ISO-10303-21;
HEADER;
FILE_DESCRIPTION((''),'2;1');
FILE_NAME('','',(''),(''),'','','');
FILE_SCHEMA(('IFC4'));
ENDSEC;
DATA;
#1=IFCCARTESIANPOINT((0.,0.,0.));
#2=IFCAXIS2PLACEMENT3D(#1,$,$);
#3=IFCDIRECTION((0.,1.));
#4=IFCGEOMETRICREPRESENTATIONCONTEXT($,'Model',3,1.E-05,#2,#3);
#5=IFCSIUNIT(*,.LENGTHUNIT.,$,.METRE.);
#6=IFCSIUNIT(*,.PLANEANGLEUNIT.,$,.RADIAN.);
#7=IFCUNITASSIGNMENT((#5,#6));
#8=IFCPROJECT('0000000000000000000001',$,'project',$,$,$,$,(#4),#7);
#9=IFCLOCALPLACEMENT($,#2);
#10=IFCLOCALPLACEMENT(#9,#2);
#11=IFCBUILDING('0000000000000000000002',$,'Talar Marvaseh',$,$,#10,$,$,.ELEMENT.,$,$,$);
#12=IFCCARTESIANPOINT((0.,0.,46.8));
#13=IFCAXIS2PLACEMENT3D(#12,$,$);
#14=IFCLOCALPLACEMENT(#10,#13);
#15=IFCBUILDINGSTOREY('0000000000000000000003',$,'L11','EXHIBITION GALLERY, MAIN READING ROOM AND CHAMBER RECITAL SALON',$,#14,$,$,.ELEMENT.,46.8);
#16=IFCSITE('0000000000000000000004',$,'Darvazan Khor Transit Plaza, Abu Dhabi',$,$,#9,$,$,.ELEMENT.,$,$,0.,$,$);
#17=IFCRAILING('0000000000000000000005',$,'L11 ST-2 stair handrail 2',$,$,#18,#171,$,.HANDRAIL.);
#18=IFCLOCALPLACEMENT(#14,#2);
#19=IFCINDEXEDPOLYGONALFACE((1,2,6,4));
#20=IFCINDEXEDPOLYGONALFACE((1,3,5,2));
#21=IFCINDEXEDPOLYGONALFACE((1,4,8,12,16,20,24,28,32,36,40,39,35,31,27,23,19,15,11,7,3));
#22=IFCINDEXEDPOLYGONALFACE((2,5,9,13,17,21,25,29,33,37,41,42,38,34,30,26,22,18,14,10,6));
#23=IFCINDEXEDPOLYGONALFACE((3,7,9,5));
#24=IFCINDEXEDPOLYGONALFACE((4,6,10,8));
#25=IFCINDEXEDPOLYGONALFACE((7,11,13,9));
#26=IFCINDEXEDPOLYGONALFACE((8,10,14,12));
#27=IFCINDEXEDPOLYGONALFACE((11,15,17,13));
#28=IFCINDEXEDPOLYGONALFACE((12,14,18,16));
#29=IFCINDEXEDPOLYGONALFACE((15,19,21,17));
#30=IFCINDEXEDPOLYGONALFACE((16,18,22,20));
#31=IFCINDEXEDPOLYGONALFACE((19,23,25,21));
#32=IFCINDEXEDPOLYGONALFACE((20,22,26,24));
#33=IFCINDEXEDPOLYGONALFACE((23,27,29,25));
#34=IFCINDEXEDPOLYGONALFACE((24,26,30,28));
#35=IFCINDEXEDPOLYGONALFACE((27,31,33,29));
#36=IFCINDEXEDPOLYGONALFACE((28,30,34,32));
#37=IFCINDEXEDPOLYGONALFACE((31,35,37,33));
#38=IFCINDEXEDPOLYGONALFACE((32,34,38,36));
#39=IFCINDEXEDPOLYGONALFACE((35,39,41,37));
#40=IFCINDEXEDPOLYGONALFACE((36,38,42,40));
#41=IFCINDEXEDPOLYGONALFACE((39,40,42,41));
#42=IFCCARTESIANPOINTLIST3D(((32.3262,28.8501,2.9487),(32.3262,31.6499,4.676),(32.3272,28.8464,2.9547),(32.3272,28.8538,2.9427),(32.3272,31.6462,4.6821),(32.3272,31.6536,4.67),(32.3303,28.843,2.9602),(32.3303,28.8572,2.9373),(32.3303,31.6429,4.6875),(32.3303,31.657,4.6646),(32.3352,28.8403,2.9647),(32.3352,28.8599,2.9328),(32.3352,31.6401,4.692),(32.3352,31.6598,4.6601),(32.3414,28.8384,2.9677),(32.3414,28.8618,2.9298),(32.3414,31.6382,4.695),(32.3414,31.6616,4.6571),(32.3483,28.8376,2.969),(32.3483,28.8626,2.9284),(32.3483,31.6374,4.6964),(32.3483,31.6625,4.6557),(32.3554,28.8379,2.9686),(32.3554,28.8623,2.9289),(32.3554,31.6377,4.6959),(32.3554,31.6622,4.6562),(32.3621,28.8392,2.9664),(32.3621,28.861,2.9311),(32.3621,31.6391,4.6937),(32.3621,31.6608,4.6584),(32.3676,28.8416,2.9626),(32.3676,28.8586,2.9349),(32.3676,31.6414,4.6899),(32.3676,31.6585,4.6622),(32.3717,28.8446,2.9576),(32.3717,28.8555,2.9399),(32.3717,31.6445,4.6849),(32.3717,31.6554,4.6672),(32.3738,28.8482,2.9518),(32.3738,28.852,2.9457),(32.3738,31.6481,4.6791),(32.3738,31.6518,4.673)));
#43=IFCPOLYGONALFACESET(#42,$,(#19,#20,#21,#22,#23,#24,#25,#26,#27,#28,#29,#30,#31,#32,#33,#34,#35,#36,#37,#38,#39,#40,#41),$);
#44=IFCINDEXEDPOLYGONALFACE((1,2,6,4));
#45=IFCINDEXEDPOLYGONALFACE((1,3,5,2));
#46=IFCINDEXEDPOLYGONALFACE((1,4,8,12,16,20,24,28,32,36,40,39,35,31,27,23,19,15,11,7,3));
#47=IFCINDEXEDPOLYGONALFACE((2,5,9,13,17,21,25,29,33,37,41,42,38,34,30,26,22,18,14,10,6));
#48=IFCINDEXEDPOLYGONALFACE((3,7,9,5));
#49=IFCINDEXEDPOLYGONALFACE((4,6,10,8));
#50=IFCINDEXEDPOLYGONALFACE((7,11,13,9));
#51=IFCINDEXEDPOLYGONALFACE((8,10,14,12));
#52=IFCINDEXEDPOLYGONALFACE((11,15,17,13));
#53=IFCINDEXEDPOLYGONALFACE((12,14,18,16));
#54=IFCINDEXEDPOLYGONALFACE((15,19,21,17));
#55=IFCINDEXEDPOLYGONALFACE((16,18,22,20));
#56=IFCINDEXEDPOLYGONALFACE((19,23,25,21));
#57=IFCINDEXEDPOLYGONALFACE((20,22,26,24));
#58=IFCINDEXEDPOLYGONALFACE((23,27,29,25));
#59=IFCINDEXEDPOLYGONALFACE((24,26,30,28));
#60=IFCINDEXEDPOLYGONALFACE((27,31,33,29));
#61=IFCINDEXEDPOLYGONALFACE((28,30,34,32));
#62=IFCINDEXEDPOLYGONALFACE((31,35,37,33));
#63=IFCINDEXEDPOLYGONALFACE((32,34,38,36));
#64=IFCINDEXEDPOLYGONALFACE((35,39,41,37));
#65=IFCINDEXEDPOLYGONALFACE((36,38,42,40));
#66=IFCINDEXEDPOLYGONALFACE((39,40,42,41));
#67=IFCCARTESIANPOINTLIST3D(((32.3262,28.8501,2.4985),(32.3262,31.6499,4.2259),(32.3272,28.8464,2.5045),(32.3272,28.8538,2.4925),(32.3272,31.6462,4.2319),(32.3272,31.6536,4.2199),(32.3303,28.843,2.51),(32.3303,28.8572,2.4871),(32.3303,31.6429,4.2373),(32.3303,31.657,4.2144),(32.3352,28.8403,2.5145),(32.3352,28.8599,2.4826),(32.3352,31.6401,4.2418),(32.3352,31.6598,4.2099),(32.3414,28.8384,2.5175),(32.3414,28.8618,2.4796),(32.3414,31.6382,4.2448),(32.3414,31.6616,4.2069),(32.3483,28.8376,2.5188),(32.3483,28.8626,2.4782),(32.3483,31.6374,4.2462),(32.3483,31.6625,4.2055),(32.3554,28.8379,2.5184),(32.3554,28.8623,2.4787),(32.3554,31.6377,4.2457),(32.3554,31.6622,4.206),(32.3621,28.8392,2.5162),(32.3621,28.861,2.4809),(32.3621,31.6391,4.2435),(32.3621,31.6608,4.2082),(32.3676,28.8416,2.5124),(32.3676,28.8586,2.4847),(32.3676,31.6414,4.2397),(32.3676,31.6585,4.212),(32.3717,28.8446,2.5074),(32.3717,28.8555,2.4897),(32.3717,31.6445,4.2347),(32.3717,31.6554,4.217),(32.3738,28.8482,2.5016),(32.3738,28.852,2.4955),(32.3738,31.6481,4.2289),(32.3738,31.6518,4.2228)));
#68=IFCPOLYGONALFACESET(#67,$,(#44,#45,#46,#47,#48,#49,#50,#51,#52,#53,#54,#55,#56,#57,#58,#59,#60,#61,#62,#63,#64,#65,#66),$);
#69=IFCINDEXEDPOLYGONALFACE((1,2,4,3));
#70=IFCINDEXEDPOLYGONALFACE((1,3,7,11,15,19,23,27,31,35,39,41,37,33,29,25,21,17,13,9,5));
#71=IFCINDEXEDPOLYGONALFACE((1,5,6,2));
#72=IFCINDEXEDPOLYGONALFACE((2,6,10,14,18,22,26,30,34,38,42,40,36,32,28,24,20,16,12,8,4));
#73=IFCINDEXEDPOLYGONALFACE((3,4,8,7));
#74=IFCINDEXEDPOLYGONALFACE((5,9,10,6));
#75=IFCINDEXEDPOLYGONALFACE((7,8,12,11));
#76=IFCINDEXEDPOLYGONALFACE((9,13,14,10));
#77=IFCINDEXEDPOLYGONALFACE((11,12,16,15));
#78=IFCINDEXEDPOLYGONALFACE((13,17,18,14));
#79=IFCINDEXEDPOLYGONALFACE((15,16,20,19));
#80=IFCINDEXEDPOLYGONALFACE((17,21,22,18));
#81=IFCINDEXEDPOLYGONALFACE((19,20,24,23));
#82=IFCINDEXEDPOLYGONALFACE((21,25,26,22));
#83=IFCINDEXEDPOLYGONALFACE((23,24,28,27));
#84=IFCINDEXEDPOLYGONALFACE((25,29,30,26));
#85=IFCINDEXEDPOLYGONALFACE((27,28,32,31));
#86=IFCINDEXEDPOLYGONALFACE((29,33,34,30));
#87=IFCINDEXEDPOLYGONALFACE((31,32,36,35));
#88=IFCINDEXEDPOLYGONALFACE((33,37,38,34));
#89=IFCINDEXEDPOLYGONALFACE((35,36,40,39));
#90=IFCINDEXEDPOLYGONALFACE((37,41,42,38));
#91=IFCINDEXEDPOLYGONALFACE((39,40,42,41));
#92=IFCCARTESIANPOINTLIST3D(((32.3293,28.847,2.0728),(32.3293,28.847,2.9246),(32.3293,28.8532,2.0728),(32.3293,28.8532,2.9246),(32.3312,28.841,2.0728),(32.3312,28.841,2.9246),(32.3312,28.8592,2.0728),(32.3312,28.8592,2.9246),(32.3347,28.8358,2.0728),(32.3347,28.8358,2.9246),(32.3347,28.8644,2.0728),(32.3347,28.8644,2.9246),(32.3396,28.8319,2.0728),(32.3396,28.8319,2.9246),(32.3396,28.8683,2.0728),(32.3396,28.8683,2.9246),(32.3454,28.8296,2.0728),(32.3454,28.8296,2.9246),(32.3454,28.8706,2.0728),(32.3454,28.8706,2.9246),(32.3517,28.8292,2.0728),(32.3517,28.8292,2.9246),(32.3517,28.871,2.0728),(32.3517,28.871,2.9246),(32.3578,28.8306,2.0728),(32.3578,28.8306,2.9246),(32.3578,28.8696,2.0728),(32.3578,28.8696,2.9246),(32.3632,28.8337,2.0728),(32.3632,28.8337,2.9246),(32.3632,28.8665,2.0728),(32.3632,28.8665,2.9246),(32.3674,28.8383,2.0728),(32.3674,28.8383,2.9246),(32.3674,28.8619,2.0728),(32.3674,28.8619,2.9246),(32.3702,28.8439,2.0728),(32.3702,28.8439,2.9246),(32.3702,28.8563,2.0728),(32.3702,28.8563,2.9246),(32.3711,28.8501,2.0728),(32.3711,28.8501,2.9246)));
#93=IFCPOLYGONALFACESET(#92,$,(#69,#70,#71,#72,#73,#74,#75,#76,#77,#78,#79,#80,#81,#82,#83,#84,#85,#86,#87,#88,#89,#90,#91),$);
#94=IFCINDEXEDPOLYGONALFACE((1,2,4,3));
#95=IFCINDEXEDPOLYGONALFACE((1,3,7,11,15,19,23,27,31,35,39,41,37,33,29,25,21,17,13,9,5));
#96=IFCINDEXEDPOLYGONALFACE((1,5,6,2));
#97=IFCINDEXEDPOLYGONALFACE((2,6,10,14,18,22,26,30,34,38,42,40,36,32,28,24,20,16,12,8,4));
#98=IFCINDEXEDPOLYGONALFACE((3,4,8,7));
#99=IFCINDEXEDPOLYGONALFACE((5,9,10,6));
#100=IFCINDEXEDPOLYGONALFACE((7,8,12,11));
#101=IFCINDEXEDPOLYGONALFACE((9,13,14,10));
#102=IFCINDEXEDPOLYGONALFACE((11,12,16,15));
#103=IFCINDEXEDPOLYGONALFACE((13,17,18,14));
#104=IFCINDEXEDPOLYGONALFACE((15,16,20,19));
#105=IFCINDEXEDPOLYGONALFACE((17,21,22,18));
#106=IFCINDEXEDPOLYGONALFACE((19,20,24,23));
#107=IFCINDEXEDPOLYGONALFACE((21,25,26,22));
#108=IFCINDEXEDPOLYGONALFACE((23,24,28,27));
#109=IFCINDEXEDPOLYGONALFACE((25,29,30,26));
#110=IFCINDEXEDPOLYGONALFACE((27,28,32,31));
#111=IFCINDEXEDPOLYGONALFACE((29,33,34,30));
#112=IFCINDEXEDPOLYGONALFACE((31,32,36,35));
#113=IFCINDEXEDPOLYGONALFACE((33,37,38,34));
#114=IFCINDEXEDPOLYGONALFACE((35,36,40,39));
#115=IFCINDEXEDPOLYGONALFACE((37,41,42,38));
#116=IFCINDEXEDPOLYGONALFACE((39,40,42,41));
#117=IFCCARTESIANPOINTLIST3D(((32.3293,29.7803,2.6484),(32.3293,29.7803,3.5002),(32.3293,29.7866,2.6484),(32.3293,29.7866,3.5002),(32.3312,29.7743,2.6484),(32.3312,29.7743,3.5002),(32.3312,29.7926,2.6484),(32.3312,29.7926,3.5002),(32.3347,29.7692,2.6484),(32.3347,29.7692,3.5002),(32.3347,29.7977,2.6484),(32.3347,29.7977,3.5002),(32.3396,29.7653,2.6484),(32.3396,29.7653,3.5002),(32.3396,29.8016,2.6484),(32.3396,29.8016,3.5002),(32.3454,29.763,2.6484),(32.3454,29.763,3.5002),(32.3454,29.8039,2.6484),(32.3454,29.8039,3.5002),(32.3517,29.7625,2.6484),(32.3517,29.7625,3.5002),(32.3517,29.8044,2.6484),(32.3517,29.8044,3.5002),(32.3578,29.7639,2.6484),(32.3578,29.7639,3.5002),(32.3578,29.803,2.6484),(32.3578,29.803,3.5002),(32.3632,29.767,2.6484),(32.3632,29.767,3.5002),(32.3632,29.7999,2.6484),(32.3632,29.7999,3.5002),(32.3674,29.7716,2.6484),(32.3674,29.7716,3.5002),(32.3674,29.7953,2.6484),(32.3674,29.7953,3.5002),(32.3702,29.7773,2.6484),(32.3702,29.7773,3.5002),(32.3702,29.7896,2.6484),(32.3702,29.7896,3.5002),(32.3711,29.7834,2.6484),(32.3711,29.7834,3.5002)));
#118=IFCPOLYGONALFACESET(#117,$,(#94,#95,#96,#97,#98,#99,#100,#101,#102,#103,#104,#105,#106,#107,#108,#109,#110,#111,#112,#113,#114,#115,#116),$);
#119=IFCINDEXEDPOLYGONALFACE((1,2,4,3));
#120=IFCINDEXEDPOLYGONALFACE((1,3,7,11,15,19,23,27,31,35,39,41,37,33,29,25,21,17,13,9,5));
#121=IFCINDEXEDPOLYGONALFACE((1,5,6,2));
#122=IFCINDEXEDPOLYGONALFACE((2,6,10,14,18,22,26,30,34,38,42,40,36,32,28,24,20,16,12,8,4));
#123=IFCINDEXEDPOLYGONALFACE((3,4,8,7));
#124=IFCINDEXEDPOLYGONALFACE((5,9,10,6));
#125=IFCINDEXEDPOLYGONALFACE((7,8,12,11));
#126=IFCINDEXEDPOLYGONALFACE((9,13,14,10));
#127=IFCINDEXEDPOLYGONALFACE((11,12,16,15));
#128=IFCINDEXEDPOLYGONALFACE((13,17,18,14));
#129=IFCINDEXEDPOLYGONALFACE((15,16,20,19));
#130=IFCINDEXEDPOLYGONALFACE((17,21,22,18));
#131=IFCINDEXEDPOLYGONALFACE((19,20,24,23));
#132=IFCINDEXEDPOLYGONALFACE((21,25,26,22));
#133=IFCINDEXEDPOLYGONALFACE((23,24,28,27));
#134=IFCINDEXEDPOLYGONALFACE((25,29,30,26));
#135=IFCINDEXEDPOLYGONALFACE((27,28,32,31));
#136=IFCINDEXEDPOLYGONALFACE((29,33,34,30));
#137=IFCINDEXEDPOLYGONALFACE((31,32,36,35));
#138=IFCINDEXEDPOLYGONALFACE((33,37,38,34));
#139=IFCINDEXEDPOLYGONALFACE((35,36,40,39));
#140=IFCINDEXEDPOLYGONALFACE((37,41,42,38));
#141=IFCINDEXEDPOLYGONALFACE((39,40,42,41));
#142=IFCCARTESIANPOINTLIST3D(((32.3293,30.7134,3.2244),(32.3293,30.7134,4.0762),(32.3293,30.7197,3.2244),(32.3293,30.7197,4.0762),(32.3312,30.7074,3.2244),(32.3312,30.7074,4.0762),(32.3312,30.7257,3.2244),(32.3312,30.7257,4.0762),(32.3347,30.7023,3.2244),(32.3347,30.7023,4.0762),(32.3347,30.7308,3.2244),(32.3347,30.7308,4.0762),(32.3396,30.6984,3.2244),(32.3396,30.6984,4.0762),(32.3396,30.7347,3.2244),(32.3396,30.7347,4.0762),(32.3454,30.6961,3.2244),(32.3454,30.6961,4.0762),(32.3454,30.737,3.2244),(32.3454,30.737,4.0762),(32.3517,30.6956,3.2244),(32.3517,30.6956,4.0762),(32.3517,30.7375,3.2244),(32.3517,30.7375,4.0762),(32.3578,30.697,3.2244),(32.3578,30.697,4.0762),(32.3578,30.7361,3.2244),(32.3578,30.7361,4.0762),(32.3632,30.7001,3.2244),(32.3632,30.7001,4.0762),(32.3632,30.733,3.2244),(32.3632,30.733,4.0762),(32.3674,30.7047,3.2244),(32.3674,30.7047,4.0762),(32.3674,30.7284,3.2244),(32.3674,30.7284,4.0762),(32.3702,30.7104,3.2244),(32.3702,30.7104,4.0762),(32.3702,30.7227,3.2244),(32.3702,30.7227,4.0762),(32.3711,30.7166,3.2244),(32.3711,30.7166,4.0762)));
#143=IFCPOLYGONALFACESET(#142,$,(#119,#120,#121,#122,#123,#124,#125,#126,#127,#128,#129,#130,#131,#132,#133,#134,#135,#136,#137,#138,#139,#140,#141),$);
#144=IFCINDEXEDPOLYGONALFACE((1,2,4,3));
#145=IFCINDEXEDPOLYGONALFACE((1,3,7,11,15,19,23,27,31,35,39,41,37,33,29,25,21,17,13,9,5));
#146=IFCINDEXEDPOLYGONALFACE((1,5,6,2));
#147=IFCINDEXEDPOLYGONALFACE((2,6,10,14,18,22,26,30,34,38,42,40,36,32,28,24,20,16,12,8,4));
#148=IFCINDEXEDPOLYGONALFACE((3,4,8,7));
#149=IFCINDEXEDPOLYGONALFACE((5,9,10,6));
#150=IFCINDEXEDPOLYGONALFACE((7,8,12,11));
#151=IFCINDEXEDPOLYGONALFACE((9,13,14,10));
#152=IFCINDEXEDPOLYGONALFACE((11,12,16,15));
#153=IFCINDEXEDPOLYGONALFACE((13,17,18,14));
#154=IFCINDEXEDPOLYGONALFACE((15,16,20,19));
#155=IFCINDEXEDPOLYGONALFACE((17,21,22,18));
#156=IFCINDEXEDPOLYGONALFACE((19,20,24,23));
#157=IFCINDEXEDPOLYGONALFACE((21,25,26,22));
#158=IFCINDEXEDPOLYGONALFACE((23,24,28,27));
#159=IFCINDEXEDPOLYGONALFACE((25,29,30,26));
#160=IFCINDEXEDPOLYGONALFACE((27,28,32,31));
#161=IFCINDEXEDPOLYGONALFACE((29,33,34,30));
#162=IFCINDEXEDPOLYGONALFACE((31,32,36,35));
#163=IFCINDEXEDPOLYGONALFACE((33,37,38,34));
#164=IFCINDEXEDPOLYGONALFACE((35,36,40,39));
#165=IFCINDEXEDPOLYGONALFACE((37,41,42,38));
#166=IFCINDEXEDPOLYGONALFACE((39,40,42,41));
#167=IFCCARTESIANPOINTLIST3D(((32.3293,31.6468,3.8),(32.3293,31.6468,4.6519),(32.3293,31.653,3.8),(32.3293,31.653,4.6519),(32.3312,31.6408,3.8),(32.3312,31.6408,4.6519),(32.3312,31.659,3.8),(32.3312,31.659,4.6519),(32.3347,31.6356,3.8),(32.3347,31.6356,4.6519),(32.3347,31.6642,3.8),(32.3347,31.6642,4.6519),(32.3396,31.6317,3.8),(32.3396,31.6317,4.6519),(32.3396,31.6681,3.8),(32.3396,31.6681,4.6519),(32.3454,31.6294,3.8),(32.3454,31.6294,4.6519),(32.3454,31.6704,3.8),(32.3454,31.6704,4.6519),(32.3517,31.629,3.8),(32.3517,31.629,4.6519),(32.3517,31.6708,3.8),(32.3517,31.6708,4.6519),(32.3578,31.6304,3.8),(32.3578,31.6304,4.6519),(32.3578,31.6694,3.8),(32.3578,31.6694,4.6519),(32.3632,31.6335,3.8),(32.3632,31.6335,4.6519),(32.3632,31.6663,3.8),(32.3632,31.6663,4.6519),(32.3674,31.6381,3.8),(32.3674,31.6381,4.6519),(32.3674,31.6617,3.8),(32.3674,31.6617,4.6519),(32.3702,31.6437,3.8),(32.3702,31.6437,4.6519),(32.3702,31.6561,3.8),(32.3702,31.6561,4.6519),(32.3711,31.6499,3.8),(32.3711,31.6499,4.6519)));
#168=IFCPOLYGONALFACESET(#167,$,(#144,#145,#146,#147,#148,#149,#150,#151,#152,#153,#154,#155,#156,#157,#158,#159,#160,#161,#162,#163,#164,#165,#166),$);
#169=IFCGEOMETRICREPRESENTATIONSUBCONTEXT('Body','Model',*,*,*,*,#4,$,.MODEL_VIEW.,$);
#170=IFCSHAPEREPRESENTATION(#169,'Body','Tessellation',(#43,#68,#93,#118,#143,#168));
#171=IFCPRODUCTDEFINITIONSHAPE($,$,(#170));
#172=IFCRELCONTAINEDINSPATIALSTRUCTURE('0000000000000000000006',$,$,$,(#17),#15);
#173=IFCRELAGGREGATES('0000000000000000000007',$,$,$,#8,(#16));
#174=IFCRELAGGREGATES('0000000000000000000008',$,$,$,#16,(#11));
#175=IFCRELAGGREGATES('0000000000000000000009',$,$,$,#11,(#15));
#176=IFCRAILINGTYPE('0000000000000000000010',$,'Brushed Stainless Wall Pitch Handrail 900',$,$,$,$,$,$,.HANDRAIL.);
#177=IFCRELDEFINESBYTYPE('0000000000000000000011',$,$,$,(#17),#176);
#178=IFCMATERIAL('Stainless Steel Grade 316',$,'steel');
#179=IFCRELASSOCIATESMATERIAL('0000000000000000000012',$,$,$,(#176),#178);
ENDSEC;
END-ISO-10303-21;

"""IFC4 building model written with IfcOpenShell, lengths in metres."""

from ifc_helpers import new_model, si_unit, direction, frame, origin, origin_2d, place, context, subcontext, project, spatial, circle, extrude, material, type_object, element, save


model = new_model("IFC4")

# Units and contexts
model_context = context("Model", 3, precision=1e-05, world=origin(), true_north=direction((0.0, 1.0)))
body_context = subcontext(model_context, "Body", "Model", "MODEL_VIEW")
ifc_project = project(units=[si_unit("LENGTHUNIT", "METRE"), si_unit("PLANEANGLEUNIT", "RADIAN")], contexts=[model_context])

# Site, building, storey
site_placement = place(None, origin())
site = spatial("IfcSite", under=ifc_project, at=site_placement, Name="Darvazan Khor Transit Plaza, Abu Dhabi", CompositionType="ELEMENT", RefElevation=0.0)
building_placement = place(site_placement, origin())
building = spatial("IfcBuilding", under=site, at=building_placement, Name="Talar Marvaseh", CompositionType="ELEMENT")
storey_placement = place(building_placement, frame((0.0, 0.0, 46.8)))
storey = spatial("IfcBuildingStorey", under=building, at=storey_placement, Name="L11", Description="EXHIBITION GALLERY, MAIN READING ROOM AND CHAMBER RECITAL SALON", CompositionType="ELEMENT", Elevation=46.8)

# Railing
ifc_material_1 = material(Name="Stainless Steel Grade 316", Category="steel")
railing_type_1 = type_object("IfcRailingType", Name="Brushed Stainless Wall Pitch Handrail 900", PredefinedType="HANDRAIL", material=ifc_material_1)
railing_1_placement = place(storey_placement, frame((32.3501, 28.8501, 2.0728)))
element("IfcRailing", 1, at=railing_1_placement, inside=storey, type_object=railing_type_1, Name="L11 ST-2 stair handrail 2", PredefinedType="HANDRAIL", context=body_context, shape_type="SweptSolid", body=[
    extrude(circle(Radius=0.0239, at=origin_2d()), frame((0.0, 0.0, 0.876), z_axis=(0.0, 0.851069, 0.525054), x_axis=(-1.0, 0.0, 0.0)), (0.0, 0.0, 1.0), 3.2898),
    extrude(circle(Radius=0.0239, at=origin_2d()), frame((0.0, 0.0, 0.4258), z_axis=(0.0, 0.851069, 0.525054), x_axis=(-1.0, 0.0, 0.0)), (0.0, 0.0, 1.0), 3.2898),
    extrude(circle(Radius=0.021, at=origin_2d()), origin(), (0.0, 0.0, 1.0), 0.8518),
    extrude(circle(Radius=0.021, at=origin_2d()), frame((0.0, 0.9333, 0.5757)), (0.0, 0.0, 1.0), 0.8518),
    extrude(circle(Radius=0.021, at=origin_2d()), frame((0.0, 1.8665, 1.1516)), (0.0, 0.0, 1.0), 0.8518),
    extrude(circle(Radius=0.021, at=origin_2d()), frame((0.0, 2.7998, 1.7273)), (0.0, 0.0, 1.0), 0.8518),
])

save(model, "model.ifc")
